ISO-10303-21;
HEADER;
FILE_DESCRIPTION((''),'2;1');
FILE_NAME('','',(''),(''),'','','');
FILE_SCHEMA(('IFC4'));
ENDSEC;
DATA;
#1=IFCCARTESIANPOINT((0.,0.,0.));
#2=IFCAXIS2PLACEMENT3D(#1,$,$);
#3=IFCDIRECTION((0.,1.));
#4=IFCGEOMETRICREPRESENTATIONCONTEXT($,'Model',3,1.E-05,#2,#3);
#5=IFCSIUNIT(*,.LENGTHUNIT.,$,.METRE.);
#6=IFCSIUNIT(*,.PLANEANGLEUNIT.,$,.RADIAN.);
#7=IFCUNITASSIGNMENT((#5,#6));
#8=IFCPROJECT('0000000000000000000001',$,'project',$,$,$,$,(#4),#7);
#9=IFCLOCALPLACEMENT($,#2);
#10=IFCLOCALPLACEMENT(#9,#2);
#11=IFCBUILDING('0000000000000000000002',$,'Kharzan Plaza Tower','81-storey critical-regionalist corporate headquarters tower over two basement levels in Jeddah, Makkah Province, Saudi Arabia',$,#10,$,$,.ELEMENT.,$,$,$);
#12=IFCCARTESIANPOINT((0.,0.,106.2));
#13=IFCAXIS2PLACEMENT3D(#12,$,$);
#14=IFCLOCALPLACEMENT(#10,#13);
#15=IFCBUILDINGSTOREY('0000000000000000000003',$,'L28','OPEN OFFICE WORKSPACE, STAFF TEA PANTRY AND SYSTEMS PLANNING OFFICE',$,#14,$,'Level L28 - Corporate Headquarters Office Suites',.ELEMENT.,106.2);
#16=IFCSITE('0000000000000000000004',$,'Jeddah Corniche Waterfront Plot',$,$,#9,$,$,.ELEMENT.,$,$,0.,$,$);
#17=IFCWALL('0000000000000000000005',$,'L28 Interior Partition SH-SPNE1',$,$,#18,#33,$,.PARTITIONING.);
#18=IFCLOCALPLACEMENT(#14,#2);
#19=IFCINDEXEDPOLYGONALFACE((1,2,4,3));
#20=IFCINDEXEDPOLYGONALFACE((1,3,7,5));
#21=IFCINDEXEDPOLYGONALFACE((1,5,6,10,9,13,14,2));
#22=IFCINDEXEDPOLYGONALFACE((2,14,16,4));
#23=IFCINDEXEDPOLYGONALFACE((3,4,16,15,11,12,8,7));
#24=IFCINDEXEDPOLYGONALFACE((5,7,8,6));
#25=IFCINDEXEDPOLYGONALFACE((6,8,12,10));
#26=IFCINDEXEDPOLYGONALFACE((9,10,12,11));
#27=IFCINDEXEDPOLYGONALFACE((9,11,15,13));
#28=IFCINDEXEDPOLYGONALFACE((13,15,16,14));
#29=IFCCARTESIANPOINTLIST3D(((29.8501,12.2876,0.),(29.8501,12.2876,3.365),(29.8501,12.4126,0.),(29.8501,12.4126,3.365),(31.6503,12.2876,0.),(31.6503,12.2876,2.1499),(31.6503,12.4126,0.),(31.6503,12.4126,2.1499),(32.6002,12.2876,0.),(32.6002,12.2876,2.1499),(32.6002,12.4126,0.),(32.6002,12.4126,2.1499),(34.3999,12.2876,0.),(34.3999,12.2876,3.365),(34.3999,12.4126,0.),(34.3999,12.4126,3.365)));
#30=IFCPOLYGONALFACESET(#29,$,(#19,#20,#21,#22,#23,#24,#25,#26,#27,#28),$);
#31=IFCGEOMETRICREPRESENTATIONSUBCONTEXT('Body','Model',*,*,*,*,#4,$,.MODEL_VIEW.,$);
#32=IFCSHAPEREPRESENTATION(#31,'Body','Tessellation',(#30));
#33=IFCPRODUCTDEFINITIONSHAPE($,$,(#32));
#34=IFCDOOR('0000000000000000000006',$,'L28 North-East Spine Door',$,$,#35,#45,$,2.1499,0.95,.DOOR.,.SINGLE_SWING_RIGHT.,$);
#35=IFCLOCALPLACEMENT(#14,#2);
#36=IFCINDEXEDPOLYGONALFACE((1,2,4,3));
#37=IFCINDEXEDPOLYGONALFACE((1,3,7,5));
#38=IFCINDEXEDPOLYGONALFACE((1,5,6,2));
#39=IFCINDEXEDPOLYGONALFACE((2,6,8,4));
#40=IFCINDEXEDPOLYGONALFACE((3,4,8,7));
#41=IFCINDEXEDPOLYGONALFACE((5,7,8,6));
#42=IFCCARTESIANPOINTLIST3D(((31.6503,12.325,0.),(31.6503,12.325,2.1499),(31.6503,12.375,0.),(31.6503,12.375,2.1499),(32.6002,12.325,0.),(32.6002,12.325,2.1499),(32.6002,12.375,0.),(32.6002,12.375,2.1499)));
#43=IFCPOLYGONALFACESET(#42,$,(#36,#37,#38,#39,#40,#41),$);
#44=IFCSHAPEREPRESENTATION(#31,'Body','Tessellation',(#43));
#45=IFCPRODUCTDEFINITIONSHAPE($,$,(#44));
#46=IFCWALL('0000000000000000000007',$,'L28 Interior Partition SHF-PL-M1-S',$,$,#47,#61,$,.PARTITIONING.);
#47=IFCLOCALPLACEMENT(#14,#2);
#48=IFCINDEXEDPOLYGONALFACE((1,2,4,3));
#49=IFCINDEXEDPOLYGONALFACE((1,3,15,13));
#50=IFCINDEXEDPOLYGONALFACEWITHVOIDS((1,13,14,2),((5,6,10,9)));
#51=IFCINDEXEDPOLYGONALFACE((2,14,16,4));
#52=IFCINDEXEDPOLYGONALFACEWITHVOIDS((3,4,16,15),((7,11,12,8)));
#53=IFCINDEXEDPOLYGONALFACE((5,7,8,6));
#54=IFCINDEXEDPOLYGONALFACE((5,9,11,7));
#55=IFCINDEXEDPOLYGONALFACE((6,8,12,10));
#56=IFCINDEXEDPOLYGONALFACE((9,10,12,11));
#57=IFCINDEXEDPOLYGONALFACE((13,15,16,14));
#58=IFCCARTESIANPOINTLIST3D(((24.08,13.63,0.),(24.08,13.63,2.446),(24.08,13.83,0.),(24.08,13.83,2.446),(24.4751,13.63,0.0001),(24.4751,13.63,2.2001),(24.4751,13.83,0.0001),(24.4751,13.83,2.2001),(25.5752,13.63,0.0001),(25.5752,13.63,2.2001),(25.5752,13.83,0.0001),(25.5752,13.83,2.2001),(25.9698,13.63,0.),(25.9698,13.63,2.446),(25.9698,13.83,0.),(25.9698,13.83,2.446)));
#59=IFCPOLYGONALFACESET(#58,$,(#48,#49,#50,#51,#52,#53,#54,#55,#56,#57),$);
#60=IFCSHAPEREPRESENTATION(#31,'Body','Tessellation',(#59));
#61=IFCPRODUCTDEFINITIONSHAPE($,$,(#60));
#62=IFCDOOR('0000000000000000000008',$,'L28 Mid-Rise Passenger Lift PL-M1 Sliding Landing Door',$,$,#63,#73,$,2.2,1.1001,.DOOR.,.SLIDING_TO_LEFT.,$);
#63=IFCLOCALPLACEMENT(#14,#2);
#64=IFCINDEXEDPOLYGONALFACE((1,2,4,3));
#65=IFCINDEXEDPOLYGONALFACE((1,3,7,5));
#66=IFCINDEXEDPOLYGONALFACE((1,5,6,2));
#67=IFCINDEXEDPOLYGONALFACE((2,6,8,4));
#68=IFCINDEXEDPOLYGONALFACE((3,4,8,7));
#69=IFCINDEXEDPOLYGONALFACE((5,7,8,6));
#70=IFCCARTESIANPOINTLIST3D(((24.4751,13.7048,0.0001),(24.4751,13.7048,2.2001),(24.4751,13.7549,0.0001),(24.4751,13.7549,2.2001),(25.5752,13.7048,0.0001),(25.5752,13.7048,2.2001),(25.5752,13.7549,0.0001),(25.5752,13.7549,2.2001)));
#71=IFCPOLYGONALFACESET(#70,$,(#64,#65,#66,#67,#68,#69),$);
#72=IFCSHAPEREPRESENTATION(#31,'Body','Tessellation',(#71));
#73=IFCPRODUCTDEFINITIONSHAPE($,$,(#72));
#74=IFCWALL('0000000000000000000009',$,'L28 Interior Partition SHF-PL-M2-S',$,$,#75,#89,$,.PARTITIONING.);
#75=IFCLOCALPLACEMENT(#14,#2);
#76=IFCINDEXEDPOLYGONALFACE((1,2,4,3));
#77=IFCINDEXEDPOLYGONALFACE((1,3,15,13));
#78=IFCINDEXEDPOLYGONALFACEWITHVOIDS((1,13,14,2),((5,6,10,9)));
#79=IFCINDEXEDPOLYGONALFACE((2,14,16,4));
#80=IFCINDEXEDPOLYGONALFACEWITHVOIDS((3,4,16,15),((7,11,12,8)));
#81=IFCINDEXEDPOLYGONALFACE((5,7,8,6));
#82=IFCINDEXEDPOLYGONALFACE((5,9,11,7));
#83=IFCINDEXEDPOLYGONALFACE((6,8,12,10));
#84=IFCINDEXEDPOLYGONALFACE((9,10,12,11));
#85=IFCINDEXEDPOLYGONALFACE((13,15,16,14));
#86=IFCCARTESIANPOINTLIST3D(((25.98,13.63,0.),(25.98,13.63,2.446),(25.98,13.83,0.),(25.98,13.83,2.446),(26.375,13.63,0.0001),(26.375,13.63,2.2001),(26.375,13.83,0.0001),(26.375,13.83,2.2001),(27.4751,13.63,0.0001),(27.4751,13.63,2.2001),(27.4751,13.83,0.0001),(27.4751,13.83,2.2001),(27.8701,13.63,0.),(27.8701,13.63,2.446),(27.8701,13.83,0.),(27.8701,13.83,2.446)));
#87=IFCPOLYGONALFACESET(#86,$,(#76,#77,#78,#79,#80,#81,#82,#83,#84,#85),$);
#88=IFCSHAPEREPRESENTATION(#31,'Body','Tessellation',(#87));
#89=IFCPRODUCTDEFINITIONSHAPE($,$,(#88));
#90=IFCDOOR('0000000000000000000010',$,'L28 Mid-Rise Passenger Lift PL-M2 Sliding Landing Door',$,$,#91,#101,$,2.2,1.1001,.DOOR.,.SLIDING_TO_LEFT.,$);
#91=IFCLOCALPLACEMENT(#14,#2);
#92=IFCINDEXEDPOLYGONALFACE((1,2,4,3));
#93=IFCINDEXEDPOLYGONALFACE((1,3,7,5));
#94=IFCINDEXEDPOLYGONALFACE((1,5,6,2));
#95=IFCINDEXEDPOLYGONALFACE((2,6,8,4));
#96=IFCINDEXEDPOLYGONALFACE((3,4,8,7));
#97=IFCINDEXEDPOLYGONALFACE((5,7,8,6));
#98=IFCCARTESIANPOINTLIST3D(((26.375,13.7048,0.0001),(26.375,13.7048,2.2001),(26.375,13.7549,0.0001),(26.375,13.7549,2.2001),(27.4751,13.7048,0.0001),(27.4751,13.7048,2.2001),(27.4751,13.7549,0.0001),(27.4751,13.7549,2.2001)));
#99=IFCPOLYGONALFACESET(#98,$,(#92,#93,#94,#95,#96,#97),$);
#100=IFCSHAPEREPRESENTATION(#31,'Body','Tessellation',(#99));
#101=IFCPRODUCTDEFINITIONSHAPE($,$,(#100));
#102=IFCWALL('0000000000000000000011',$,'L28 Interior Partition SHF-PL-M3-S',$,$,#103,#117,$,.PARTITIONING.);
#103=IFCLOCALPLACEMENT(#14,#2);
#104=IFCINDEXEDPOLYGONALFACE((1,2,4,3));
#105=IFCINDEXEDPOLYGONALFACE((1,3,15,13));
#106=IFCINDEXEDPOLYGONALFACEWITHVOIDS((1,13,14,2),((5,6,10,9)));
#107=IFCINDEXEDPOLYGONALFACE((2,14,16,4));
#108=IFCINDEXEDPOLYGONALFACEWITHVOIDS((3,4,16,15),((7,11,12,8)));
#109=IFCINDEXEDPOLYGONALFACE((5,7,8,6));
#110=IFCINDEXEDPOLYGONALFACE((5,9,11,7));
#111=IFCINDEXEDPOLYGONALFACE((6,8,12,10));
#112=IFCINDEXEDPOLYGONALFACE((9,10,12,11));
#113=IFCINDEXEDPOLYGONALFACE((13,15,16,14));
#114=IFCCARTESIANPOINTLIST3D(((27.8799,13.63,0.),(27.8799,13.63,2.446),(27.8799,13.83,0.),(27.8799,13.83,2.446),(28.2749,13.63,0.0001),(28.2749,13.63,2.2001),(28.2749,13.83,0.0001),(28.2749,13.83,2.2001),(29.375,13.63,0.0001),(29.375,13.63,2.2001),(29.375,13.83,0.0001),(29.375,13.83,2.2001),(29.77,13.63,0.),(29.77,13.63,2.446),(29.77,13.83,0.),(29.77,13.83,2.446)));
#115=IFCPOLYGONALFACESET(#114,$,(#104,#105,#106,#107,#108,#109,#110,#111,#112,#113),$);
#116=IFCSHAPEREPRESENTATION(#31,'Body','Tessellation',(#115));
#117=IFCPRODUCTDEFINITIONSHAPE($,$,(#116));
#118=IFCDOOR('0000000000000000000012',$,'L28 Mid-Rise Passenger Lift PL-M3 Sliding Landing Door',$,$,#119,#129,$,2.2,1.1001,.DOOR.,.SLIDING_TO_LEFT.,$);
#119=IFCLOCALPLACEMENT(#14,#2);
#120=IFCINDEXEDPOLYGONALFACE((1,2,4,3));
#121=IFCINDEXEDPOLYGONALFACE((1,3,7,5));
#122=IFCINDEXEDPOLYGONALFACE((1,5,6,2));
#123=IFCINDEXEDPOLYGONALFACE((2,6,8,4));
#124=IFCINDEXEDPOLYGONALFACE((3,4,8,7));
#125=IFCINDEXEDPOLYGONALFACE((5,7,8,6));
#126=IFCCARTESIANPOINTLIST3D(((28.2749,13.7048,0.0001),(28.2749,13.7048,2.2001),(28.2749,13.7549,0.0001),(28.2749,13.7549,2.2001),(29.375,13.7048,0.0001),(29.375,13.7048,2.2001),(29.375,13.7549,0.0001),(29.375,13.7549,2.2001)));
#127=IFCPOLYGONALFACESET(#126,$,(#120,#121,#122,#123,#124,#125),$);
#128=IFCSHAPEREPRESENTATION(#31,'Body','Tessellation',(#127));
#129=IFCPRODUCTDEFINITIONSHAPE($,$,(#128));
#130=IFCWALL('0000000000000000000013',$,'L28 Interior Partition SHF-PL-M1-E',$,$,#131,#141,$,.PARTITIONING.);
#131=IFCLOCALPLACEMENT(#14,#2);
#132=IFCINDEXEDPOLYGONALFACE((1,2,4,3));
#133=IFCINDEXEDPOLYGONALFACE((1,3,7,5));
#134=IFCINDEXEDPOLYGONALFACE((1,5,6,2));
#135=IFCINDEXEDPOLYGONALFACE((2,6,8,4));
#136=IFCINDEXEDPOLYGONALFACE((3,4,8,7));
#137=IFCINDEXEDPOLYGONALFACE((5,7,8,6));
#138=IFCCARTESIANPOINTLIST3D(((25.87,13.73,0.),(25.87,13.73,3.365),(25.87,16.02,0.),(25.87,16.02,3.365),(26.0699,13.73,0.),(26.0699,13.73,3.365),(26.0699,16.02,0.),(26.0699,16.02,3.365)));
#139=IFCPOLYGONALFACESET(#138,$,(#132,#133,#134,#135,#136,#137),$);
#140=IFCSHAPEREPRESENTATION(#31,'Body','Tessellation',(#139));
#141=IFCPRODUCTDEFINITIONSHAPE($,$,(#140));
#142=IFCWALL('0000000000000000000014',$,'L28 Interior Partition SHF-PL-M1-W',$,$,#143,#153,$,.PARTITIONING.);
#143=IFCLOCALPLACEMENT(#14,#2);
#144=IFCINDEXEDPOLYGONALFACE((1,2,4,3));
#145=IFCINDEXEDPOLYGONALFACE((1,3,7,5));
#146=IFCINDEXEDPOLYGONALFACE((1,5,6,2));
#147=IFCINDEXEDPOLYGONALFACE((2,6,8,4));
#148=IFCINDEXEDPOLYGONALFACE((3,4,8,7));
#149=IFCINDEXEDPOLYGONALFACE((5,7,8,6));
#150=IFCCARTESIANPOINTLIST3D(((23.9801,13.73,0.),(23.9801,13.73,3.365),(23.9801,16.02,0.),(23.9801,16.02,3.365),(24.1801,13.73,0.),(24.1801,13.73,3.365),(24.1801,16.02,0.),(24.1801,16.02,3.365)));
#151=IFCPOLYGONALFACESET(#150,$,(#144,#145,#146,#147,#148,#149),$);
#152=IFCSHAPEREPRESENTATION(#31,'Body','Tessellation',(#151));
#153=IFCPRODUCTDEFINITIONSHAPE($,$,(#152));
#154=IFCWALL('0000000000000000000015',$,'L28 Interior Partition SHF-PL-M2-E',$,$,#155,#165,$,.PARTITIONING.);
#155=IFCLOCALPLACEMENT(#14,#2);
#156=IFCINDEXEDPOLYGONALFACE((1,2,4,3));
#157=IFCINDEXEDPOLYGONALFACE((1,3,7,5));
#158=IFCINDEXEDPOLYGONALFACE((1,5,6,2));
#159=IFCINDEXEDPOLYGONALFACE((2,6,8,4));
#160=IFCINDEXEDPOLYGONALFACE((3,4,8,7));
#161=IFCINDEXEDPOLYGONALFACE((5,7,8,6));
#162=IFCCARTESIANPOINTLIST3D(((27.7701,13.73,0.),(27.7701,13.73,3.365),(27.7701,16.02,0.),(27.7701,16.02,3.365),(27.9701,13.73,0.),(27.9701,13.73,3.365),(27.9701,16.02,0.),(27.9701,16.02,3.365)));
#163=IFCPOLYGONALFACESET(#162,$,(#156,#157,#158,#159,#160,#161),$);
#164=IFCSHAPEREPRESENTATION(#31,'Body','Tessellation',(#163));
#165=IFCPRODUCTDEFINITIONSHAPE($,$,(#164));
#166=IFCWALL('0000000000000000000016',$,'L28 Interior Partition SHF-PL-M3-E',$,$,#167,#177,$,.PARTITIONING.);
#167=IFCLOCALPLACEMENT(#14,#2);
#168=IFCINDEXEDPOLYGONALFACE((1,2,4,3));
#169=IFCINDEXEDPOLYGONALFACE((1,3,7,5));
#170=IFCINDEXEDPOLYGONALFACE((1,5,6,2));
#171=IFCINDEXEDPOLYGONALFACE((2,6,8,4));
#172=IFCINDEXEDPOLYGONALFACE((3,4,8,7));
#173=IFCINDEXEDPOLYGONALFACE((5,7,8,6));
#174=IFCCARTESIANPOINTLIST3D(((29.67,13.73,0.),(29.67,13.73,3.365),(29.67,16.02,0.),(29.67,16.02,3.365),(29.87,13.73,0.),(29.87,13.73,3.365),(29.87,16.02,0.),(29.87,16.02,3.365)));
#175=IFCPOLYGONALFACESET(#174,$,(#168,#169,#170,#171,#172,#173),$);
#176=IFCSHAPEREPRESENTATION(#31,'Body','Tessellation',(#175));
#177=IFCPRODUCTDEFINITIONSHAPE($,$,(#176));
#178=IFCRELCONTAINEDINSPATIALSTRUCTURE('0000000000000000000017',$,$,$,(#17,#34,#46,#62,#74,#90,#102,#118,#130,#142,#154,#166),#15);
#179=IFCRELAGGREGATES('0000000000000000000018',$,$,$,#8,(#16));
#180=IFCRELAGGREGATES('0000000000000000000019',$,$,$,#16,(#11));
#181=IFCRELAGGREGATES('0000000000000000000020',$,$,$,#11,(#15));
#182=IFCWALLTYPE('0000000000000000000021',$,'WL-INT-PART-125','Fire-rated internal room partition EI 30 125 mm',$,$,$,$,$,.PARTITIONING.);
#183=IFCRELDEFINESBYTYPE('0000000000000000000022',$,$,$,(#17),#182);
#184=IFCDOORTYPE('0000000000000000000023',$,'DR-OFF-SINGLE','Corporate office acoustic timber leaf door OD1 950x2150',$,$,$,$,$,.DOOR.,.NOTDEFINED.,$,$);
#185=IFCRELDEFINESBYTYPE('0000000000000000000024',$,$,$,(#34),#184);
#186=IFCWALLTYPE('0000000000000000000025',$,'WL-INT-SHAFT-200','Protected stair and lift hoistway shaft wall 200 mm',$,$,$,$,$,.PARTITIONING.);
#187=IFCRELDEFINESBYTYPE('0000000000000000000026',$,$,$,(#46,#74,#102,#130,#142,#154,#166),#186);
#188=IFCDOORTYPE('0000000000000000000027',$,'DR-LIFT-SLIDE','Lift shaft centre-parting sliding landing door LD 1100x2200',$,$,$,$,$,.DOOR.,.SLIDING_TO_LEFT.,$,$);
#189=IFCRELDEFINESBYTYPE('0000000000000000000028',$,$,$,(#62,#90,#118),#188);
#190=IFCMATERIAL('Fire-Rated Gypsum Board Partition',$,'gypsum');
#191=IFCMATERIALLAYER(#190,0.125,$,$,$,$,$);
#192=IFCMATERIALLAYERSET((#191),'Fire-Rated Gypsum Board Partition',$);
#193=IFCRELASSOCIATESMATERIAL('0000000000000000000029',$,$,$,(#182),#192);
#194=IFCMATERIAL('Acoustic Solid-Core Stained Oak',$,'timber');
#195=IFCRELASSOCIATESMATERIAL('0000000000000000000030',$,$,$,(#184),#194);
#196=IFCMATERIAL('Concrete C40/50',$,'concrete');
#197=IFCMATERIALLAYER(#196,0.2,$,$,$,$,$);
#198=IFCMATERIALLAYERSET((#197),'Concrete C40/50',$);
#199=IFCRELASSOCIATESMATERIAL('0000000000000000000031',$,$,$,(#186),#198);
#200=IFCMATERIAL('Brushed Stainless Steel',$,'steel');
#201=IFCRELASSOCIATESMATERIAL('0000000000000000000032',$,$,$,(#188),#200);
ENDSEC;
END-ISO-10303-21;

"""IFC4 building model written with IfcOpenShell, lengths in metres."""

from ifc_helpers import new_model, si_unit, direction, frame, frame_2d, origin, place, context, subcontext, project, spatial, rectangle, extrude, source, transform, mapped, material, layer, layer_set, type_object, element, fill, save


model = new_model("IFC4")

# Units and contexts
model_context = context("Model", 3, precision=1e-05, world=origin(), true_north=direction((0.0, 1.0)))
body_context = subcontext(model_context, "Body", "Model", "MODEL_VIEW")
ifc_project = project(units=[si_unit("LENGTHUNIT", "METRE"), si_unit("PLANEANGLEUNIT", "RADIAN")], contexts=[model_context])

# Site, building, storey
site_placement = place(None, origin())
site = spatial("IfcSite", under=ifc_project, at=site_placement, Name="Jeddah Corniche Waterfront Plot", CompositionType="ELEMENT", RefElevation=0.0)
building_placement = place(site_placement, origin())
building = spatial("IfcBuilding", under=site, at=building_placement, Name="Kharzan Plaza Tower", Description="81-storey critical-regionalist corporate headquarters tower over two basement levels in Jeddah, Makkah Province, Saudi Arabia", CompositionType="ELEMENT")
storey_placement = place(building_placement, frame((0.0, 0.0, 106.2)))
storey = spatial("IfcBuildingStorey", under=building, at=storey_placement, Name="L28", Description="OPEN OFFICE WORKSPACE, STAFF TEA PANTRY AND SYSTEMS PLANNING OFFICE", LongName="Level L28 - Corporate Headquarters Office Suites", CompositionType="ELEMENT", Elevation=106.2)

# Walls, openings, doors
ifc_material_1 = material(Name="Fire-Rated Gypsum Board Partition", Category="gypsum")
ifc_layer_1 = layer(ifc_material_1, 0.125)
ifc_layer_set_1 = layer_set([ifc_layer_1], Name="Fire-Rated Gypsum Board Partition")
wall_type_1 = type_object("IfcWallType", Name="WL-INT-PART-125", Description="Fire-rated internal room partition EI 30 125 mm", PredefinedType="PARTITIONING", material=ifc_layer_set_1)
wall_1_placement = place(storey_placement, frame((29.8501, 12.3501, 0.0), z_axis=(0.0, 0.0, 1.0), x_axis=(1.0, 0.0, 0.0)))
wall_1 = element("IfcWall", 1, at=wall_1_placement, inside=storey, type_object=wall_type_1, Name="L28 Interior Partition SH-SPNE1", PredefinedType="PARTITIONING", context=body_context, shape_type="SweptSolid", body=[
    extrude(rectangle(XDim=4.5498, YDim=0.125, at=frame_2d((2.2749, 0.0))), origin(), (0.0, 0.0, 1.0), 3.365),
])
opening_1_placement = place(wall_1_placement, frame((1.8, 0.0, 0.0)))
opening_1 = element("IfcOpeningElement", 2, at=opening_1_placement, cuts=wall_1, PredefinedType="OPENING", context=body_context, shape_type="SweptSolid", body=[
    extrude(rectangle(XDim=0.95, YDim=2.1499, at=frame_2d((0.4751, 1.075))), frame((0.0, 0.0725, 0.0), z_axis=(0.0, -1.0, 0.0), x_axis=(1.0, 0.0, 0.0)), (0.0, 0.0, 1.0), 0.145),
])
ifc_material_2 = material(Name="Acoustic Solid-Core Stained Oak", Category="timber")
door_type_1 = type_object("IfcDoorType", Name="DR-OFF-SINGLE", Description="Corporate office acoustic timber leaf door OD1 950x2150", OperationType="NOTDEFINED", PredefinedType="DOOR", material=ifc_material_2)
shared_shape_1 = source(origin(), body_context, "Body", "SweptSolid", [
    extrude(rectangle(XDim=0.95, YDim=2.1499, at=frame_2d((0.4751, 1.075))), frame((0.0, 0.0249, 0.0), z_axis=(0.0, -1.0, 0.0), x_axis=(1.0, 0.0, 0.0)), (0.0, 0.0, 1.0), 0.05),
])
door_1_placement = place(opening_1_placement, origin())
door_1 = element("IfcDoor", 3, at=door_1_placement, inside=storey, type_object=door_type_1, Name="L28 North-East Spine Door", OperationType="SINGLE_SWING_RIGHT", OverallHeight=2.1499, OverallWidth=0.95, PredefinedType="DOOR", context=body_context, shape_type="MappedRepresentation", body=[
    mapped(shared_shape_1, transform((0.0, 0.0, 0.0), x_axis=(1.0, 0.0, 0.0), y_axis=(0.0, 1.0, 0.0), z_axis=(0.0, 0.0, 1.0))),
])
fill(opening_1, door_1)
ifc_material_3 = material(Name="Concrete C40/50", Category="concrete")
ifc_layer_2 = layer(ifc_material_3, 0.2)
ifc_layer_set_2 = layer_set([ifc_layer_2], Name="Concrete C40/50")
wall_type_2 = type_object("IfcWallType", Name="WL-INT-SHAFT-200", Description="Protected stair and lift hoistway shaft wall 200 mm", PredefinedType="PARTITIONING", material=ifc_layer_set_2)
wall_2_placement = place(storey_placement, frame((24.0801, 13.73, 0.0), z_axis=(0.0, 0.0, 1.0), x_axis=(1.0, 0.0, 0.0)))
wall_2 = element("IfcWall", 4, at=wall_2_placement, inside=storey, type_object=wall_type_2, Name="L28 Interior Partition SHF-PL-M1-S", PredefinedType="PARTITIONING", context=body_context, shape_type="SweptSolid", body=[
    extrude(rectangle(XDim=1.8899, YDim=0.2, at=frame_2d((0.9448, 0.0))), origin(), (0.0, 0.0, 1.0), 2.446),
])
opening_2_placement = place(wall_2_placement, frame((0.395, 0.0, 0.0)))
opening_2 = element("IfcOpeningElement", 5, at=opening_2_placement, cuts=wall_2, PredefinedType="OPENING", context=body_context, shape_type="SweptSolid", body=[
    extrude(rectangle(XDim=1.1001, YDim=2.2, at=frame_2d((0.55, 1.1001))), frame((0.0, 0.1099, 0.0), z_axis=(0.0, -1.0, 0.0), x_axis=(1.0, 0.0, 0.0)), (0.0, 0.0, 1.0), 0.22),
])
ifc_material_4 = material(Name="Brushed Stainless Steel", Category="steel")
door_type_2 = type_object("IfcDoorType", Name="DR-LIFT-SLIDE", Description="Lift shaft centre-parting sliding landing door LD 1100x2200", OperationType="SLIDING_TO_LEFT", PredefinedType="DOOR", material=ifc_material_4)
shared_shape_2 = source(origin(), body_context, "Body", "SweptSolid", [
    extrude(rectangle(XDim=1.1001, YDim=2.2, at=frame_2d((0.55, 1.1001))), frame((0.0, 0.0249, 0.0), z_axis=(0.0, -1.0, 0.0), x_axis=(1.0, 0.0, 0.0)), (0.0, 0.0, 1.0), 0.05),
])
door_2_placement = place(opening_2_placement, origin())
door_2 = element("IfcDoor", 6, at=door_2_placement, inside=storey, type_object=door_type_2, Name="L28 Mid-Rise Passenger Lift PL-M1 Sliding Landing Door", OperationType="SLIDING_TO_LEFT", OverallHeight=2.2, OverallWidth=1.1001, PredefinedType="DOOR", context=body_context, shape_type="MappedRepresentation", body=[
    mapped(shared_shape_2, transform((0.0, 0.0, 0.0), x_axis=(1.0, 0.0, 0.0), y_axis=(0.0, 1.0, 0.0), z_axis=(0.0, 0.0, 1.0))),
])
fill(opening_2, door_2)
wall_3_placement = place(storey_placement, frame((25.98, 13.73, 0.0), z_axis=(0.0, 0.0, 1.0), x_axis=(1.0, 0.0, 0.0)))
wall_3 = element("IfcWall", 7, at=wall_3_placement, inside=storey, type_object=wall_type_2, Name="L28 Interior Partition SHF-PL-M2-S", PredefinedType="PARTITIONING", context=body_context, shape_type="SweptSolid", body=[
    extrude(rectangle(XDim=1.8901, YDim=0.2, at=frame_2d((0.9451, 0.0))), origin(), (0.0, 0.0, 1.0), 2.446),
])
opening_3_placement = place(wall_3_placement, frame((0.395, 0.0, 0.0)))
opening_3 = element("IfcOpeningElement", 8, at=opening_3_placement, cuts=wall_3, PredefinedType="OPENING", context=body_context, shape_type="SweptSolid", body=[
    extrude(rectangle(XDim=1.1001, YDim=2.2, at=frame_2d((0.55, 1.1001))), frame((0.0, 0.1099, 0.0), z_axis=(0.0, -1.0, 0.0), x_axis=(1.0, 0.0, 0.0)), (0.0, 0.0, 1.0), 0.22),
])
door_3_placement = place(opening_3_placement, origin())
door_3 = element("IfcDoor", 9, at=door_3_placement, inside=storey, type_object=door_type_2, Name="L28 Mid-Rise Passenger Lift PL-M2 Sliding Landing Door", OperationType="SLIDING_TO_LEFT", OverallHeight=2.2, OverallWidth=1.1001, PredefinedType="DOOR", context=body_context, shape_type="MappedRepresentation", body=[
    mapped(shared_shape_2, transform((0.0, 0.0, 0.0), x_axis=(1.0, 0.0, 0.0), y_axis=(0.0, 1.0, 0.0), z_axis=(0.0, 0.0, 1.0))),
])
fill(opening_3, door_3)
wall_4_placement = place(storey_placement, frame((27.8799, 13.73, 0.0), z_axis=(0.0, 0.0, 1.0), x_axis=(1.0, 0.0, 0.0)))
wall_4 = element("IfcWall", 10, at=wall_4_placement, inside=storey, type_object=wall_type_2, Name="L28 Interior Partition SHF-PL-M3-S", PredefinedType="PARTITIONING", context=body_context, shape_type="SweptSolid", body=[
    extrude(rectangle(XDim=1.8901, YDim=0.2, at=frame_2d((0.9451, 0.0))), origin(), (0.0, 0.0, 1.0), 2.446),
])
opening_4_placement = place(wall_4_placement, frame((0.395, 0.0, 0.0)))
opening_4 = element("IfcOpeningElement", 11, at=opening_4_placement, cuts=wall_4, PredefinedType="OPENING", context=body_context, shape_type="SweptSolid", body=[
    extrude(rectangle(XDim=1.1001, YDim=2.2, at=frame_2d((0.55, 1.1001))), frame((0.0, 0.1099, 0.0), z_axis=(0.0, -1.0, 0.0), x_axis=(1.0, 0.0, 0.0)), (0.0, 0.0, 1.0), 0.22),
])
door_4_placement = place(opening_4_placement, origin())
door_4 = element("IfcDoor", 12, at=door_4_placement, inside=storey, type_object=door_type_2, Name="L28 Mid-Rise Passenger Lift PL-M3 Sliding Landing Door", OperationType="SLIDING_TO_LEFT", OverallHeight=2.2, OverallWidth=1.1001, PredefinedType="DOOR", context=body_context, shape_type="MappedRepresentation", body=[
    mapped(shared_shape_2, transform((0.0, 0.0, 0.0), x_axis=(1.0, 0.0, 0.0), y_axis=(0.0, 1.0, 0.0), z_axis=(0.0, 0.0, 1.0))),
])
fill(opening_4, door_4)

# Walls
shared_shape_3 = source(origin(), body_context, "Body", "SweptSolid", [
    extrude(rectangle(XDim=2.29, YDim=0.2, at=frame_2d((1.145, 0.0))), origin(), (0.0, 0.0, 1.0), 3.365),
])
for number, where, z_axis, x_axis, name in (
    (13, (25.97, 13.73, 0.0), (0.0, 0.0, 1.0), (0.0, 1.0, 0.0), "L28 Interior Partition SHF-PL-M1-E"),
    (14, (24.0801, 13.73, 0.0), (0.0, 0.0, 1.0), (0.0, 1.0, 0.0), "L28 Interior Partition SHF-PL-M1-W"),
    (15, (27.8701, 13.73, 0.0), (0.0, 0.0, 1.0), (0.0, 1.0, 0.0), "L28 Interior Partition SHF-PL-M2-E"),
    (16, (29.77, 13.73, 0.0), (0.0, 0.0, 1.0), (0.0, 1.0, 0.0), "L28 Interior Partition SHF-PL-M3-E"),
):
    element("IfcWall", number, at=place(storey_placement, frame(where, z_axis=z_axis, x_axis=x_axis)), inside=storey, type_object=wall_type_2, Name=name, PredefinedType="PARTITIONING", context=body_context, shape_type="MappedRepresentation", body=[
        mapped(shared_shape_3, transform((0.0, 0.0, 0.0), x_axis=(1.0, 0.0, 0.0), y_axis=(0.0, 1.0, 0.0), z_axis=(0.0, 0.0, 1.0))),
    ])

save(model, "model.ifc")
